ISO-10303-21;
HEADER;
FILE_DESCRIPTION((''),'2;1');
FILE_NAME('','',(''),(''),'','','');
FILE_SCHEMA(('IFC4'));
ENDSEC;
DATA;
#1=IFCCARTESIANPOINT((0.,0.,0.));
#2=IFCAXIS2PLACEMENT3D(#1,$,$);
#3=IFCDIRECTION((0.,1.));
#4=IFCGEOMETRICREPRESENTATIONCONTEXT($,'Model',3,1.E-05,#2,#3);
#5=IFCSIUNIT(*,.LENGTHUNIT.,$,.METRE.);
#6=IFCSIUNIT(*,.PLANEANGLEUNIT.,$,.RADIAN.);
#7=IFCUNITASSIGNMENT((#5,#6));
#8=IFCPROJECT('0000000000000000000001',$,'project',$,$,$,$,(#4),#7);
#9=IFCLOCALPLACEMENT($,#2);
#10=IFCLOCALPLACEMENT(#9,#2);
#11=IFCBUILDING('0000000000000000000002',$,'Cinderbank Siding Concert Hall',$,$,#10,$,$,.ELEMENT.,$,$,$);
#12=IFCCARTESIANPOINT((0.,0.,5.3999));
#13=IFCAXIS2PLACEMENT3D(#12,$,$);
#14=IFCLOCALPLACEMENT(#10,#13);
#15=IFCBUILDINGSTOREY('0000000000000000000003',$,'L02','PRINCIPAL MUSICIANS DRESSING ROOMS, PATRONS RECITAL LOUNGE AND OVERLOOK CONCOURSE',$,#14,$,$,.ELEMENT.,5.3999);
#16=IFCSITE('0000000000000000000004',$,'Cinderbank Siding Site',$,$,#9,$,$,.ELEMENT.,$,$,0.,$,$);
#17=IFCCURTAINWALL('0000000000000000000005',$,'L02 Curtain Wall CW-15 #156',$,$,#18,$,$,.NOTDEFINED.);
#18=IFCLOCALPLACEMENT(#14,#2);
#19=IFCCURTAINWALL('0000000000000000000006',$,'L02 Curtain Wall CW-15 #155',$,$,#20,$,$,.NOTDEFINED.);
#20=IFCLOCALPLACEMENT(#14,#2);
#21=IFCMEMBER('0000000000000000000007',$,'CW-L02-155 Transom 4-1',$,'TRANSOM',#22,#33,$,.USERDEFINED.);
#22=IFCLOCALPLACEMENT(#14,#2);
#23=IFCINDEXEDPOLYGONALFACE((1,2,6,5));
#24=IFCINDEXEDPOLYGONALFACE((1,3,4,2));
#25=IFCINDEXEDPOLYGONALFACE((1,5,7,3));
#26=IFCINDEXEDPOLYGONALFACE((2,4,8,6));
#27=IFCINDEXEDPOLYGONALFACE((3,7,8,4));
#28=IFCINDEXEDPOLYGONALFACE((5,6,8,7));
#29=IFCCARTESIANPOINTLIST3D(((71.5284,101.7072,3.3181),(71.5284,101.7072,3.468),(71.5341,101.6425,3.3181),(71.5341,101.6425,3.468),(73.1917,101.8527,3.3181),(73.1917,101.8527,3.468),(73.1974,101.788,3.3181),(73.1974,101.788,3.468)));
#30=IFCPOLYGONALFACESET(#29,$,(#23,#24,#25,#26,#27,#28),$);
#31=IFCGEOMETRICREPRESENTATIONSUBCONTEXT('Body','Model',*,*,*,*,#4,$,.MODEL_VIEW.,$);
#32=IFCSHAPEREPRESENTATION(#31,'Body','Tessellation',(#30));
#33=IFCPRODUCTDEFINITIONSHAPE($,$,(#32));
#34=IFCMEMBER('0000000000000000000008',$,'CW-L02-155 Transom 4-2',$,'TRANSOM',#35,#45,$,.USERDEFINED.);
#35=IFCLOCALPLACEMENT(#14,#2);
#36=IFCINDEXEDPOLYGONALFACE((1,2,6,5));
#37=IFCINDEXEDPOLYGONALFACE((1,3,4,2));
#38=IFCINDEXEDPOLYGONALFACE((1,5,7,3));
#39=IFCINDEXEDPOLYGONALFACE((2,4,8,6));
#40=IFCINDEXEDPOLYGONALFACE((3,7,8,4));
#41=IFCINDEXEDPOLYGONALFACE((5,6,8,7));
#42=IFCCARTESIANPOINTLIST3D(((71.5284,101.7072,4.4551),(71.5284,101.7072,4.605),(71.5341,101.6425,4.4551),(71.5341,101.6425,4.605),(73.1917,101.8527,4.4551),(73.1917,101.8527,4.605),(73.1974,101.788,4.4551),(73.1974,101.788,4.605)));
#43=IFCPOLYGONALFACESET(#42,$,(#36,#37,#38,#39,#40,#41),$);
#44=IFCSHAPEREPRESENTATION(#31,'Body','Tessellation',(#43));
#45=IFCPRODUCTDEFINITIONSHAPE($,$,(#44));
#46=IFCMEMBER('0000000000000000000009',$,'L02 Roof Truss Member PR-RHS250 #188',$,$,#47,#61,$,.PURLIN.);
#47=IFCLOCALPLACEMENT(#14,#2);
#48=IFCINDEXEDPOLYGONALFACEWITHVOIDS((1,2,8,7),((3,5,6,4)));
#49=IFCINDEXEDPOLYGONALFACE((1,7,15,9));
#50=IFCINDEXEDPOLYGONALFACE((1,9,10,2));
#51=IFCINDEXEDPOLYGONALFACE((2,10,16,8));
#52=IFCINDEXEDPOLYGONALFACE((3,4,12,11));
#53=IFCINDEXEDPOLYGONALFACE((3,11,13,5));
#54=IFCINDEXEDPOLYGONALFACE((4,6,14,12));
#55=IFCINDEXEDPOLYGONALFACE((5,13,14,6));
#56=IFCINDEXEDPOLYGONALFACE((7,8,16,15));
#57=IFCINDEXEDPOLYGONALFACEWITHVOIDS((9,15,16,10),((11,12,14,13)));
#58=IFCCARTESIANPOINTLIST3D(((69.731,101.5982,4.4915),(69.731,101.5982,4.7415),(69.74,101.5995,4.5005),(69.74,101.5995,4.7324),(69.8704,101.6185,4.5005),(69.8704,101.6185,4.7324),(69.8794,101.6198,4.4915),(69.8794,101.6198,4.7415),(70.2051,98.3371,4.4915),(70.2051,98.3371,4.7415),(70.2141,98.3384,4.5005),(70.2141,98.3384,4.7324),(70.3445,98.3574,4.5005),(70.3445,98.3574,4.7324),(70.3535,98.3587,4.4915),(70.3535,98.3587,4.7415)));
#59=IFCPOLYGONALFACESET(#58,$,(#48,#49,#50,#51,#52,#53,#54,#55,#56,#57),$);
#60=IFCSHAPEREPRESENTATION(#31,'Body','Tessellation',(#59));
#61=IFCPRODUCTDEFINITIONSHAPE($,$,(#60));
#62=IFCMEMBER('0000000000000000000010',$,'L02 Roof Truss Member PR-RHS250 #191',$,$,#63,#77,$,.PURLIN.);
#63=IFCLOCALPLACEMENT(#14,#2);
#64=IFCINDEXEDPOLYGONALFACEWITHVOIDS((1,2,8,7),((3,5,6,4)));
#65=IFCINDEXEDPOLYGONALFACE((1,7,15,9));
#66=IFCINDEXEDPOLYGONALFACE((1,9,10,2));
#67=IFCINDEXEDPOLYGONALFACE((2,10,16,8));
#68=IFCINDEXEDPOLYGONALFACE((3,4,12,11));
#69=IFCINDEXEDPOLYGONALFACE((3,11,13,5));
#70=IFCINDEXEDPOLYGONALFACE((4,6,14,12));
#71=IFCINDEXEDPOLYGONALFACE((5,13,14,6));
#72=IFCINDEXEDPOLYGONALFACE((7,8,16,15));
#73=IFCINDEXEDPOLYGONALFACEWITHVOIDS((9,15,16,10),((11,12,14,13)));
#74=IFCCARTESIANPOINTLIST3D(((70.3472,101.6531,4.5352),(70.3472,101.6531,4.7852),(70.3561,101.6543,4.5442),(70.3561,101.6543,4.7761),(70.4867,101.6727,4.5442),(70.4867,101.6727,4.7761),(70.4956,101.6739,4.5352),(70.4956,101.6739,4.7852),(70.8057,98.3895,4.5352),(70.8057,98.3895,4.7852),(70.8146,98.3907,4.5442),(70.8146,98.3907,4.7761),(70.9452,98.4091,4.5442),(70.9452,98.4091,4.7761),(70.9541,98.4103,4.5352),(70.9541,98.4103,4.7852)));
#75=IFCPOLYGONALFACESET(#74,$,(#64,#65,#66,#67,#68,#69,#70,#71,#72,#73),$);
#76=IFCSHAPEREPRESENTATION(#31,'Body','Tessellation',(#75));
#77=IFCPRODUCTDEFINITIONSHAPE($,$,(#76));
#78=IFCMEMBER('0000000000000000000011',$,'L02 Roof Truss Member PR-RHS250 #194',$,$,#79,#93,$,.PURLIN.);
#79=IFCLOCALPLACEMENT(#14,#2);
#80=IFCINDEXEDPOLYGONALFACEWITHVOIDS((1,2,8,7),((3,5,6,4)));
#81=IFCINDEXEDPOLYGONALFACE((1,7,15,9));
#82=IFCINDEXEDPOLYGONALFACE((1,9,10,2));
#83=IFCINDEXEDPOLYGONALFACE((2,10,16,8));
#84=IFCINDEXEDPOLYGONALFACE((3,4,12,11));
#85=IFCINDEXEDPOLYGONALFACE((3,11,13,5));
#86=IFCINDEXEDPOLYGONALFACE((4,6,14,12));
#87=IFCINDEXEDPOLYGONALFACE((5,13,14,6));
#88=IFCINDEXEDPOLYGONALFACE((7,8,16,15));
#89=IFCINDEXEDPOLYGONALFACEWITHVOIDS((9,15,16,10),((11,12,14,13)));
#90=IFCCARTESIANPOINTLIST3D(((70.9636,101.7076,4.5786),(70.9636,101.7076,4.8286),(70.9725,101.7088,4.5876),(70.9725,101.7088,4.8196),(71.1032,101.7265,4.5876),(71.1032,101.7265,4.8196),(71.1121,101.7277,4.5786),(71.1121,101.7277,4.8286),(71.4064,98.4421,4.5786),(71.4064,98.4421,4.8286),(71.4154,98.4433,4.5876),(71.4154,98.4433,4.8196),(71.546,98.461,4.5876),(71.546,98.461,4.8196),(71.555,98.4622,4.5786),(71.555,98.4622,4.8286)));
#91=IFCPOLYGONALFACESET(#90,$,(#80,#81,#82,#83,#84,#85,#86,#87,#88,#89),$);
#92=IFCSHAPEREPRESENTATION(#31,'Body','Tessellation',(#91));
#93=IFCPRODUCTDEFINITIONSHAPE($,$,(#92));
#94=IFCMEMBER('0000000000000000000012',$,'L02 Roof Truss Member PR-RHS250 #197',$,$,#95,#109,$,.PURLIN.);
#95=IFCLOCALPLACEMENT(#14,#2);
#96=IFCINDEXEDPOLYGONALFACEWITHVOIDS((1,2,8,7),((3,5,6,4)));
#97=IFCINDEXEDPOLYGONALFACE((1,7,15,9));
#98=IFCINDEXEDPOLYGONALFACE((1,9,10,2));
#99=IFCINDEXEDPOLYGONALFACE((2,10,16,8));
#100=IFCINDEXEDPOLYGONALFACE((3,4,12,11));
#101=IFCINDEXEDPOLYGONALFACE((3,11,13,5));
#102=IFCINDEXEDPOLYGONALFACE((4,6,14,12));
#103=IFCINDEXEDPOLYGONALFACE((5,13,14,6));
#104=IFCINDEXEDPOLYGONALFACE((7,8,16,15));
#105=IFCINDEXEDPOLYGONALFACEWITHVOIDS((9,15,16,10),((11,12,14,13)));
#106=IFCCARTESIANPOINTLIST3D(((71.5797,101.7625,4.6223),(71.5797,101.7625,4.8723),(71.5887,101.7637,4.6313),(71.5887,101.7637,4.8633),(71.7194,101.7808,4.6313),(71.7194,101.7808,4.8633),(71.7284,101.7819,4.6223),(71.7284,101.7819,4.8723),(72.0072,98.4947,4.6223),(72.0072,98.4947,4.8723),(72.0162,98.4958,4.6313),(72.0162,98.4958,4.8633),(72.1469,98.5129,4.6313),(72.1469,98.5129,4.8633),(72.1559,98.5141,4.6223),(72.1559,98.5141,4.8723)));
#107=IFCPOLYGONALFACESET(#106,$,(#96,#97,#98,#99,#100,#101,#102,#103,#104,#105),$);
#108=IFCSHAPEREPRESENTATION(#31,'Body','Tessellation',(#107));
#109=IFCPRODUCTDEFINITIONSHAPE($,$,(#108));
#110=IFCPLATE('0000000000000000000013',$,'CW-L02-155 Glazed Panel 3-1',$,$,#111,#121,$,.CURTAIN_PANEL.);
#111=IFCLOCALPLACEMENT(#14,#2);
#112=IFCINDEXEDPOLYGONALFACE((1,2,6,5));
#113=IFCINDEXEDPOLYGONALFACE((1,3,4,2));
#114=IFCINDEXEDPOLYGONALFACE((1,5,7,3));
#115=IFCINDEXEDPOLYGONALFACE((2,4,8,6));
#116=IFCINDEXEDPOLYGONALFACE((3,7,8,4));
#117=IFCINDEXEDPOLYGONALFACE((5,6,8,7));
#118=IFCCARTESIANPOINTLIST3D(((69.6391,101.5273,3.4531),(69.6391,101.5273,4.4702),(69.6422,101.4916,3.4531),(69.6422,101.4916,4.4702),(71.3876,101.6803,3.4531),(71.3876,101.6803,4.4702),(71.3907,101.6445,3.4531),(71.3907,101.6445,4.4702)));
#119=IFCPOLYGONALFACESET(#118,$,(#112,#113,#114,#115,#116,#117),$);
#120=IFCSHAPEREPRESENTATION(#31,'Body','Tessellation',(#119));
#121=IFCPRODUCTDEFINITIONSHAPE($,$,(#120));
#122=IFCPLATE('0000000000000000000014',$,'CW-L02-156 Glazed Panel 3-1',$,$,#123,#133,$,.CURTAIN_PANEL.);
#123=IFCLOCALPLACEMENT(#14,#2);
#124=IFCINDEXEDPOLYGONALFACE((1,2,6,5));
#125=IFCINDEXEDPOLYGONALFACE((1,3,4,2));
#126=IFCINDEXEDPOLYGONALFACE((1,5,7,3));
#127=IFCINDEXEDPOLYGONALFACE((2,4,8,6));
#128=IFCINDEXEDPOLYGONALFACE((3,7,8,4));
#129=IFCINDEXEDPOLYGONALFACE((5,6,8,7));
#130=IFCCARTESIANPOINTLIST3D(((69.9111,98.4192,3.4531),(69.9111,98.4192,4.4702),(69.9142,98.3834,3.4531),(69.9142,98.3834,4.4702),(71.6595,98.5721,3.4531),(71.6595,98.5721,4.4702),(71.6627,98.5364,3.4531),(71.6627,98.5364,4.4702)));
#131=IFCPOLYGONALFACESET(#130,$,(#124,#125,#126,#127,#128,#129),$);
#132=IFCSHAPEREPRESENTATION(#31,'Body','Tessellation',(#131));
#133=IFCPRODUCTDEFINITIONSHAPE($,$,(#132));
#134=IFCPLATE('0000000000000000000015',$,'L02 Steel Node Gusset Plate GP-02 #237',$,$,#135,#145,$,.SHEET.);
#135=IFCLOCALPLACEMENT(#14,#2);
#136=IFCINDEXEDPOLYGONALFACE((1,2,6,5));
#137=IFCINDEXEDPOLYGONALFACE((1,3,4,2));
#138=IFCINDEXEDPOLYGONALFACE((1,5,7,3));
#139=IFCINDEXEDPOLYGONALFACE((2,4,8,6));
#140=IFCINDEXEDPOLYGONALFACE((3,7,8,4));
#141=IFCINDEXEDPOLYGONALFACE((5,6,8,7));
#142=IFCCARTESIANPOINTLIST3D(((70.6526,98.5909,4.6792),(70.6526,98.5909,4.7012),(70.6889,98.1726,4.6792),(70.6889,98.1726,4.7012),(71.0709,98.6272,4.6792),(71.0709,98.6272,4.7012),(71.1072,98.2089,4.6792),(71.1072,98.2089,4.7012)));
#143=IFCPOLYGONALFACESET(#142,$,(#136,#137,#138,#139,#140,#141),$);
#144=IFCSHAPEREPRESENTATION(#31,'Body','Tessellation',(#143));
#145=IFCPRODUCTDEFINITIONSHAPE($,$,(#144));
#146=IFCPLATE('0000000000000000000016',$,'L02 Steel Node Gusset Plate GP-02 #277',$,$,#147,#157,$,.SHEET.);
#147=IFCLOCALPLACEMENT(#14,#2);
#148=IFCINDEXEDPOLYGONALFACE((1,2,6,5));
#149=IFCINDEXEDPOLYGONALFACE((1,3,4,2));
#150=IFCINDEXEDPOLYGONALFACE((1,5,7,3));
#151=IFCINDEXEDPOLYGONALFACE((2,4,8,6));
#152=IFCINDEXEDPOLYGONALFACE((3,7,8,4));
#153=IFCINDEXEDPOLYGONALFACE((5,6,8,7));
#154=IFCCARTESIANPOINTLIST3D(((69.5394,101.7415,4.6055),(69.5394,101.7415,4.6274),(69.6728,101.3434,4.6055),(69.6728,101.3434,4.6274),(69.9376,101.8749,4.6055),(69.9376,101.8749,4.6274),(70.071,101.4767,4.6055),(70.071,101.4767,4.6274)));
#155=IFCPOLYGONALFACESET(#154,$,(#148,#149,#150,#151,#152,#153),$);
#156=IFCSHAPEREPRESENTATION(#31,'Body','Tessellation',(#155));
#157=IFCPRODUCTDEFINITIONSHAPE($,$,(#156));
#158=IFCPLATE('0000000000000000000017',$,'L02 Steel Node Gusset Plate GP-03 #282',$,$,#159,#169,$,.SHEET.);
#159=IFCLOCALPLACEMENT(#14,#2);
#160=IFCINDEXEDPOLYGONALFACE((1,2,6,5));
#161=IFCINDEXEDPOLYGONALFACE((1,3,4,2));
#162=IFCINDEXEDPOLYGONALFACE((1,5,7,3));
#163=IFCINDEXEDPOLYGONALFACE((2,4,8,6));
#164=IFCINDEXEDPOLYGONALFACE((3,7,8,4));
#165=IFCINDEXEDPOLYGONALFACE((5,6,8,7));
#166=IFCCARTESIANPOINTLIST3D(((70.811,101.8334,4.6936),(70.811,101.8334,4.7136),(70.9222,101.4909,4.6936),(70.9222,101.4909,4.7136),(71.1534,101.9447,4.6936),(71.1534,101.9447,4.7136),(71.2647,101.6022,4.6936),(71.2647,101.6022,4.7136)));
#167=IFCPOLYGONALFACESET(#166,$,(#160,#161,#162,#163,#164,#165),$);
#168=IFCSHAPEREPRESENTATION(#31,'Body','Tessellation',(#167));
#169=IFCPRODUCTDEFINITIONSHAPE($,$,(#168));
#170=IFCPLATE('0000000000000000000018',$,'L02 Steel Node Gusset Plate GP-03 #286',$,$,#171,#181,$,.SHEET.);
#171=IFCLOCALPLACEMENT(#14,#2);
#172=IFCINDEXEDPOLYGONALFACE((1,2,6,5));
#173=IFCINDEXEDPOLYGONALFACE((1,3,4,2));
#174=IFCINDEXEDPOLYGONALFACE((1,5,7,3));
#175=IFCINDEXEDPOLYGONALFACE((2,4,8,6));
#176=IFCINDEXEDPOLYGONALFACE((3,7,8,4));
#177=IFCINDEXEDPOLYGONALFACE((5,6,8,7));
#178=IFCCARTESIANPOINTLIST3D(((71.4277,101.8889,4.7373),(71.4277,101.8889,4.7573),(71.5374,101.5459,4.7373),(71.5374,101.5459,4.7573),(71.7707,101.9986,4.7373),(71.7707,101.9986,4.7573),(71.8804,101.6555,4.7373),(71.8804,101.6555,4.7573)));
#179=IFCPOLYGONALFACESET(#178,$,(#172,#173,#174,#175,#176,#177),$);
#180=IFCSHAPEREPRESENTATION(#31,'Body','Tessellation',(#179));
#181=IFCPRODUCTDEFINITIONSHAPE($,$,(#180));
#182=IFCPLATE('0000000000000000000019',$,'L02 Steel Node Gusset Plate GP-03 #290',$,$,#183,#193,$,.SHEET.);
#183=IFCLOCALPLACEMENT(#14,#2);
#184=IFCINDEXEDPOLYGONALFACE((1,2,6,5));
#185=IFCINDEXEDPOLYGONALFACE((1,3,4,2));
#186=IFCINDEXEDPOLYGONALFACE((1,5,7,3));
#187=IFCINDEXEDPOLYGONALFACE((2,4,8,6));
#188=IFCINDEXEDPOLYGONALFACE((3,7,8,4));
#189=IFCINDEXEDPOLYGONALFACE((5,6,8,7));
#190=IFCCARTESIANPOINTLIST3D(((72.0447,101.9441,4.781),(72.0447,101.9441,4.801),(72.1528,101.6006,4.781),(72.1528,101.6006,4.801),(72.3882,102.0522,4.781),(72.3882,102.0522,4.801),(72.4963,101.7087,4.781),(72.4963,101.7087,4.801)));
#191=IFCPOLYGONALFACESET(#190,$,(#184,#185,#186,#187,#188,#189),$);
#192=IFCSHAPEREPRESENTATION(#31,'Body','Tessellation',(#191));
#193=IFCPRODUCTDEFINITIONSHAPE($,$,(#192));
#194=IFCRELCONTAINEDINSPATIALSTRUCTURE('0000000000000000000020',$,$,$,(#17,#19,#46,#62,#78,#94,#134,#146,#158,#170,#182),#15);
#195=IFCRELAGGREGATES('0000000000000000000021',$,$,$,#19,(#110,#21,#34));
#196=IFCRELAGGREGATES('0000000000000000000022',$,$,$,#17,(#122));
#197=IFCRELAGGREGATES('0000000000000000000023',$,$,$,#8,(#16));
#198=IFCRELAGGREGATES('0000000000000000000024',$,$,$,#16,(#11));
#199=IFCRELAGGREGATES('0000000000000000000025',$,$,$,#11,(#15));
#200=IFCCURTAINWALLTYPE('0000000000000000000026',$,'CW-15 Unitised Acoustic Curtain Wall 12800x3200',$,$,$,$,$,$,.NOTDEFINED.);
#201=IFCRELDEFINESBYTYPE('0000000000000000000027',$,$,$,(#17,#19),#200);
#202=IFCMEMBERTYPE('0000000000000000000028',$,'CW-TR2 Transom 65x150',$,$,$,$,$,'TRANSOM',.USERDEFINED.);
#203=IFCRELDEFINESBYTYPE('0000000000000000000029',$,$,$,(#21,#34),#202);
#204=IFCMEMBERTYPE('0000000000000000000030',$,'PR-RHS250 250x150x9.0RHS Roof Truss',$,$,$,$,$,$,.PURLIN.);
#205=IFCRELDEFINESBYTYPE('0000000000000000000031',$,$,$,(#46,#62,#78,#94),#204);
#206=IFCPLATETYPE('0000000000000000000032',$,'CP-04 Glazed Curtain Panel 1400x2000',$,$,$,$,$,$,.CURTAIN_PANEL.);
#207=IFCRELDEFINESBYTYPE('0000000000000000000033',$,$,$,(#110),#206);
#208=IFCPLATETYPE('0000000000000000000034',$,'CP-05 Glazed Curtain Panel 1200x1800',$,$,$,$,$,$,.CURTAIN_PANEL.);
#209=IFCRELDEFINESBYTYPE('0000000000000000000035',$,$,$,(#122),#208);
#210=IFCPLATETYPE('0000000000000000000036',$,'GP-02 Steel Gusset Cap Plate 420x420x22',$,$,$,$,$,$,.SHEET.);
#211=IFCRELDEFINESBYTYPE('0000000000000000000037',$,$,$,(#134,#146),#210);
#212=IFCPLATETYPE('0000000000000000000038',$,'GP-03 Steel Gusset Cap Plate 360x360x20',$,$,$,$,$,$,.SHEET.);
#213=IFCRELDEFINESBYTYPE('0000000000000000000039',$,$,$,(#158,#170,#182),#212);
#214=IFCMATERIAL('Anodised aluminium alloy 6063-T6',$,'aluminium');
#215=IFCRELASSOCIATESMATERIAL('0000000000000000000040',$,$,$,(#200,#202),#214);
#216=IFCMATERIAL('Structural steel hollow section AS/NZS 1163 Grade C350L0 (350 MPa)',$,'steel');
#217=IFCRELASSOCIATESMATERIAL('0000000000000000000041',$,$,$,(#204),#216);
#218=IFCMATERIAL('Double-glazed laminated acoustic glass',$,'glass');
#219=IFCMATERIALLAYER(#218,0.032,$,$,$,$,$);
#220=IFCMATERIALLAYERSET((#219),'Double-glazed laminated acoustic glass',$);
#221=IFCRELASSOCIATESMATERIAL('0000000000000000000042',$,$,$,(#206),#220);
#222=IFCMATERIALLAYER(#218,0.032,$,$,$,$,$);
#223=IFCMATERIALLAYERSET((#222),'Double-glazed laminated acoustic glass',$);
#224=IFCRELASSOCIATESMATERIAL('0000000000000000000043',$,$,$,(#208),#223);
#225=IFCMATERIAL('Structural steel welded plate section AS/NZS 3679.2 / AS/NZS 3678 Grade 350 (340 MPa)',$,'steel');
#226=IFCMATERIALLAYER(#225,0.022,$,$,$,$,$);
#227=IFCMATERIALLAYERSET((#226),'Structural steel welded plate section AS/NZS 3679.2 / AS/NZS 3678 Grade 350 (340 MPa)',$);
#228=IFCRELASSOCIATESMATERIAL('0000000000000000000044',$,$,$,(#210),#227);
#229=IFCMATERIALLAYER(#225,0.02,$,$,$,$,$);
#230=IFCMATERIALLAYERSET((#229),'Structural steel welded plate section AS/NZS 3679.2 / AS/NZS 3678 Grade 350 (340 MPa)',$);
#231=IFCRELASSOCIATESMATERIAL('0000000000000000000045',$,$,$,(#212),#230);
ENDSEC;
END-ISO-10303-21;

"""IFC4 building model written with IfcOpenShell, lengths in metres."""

from ifc_helpers import new_model, si_unit, direction, frame, origin, origin_2d, place, context, subcontext, project, spatial, rectangle, hollow_rectangle, extrude, material, layer, layer_set, material_profile, profile_set, type_object, element, aggregate, save


model = new_model("IFC4")

# Units and contexts
model_context = context("Model", 3, precision=1e-05, world=origin(), true_north=direction((0.0, 1.0)))
body_context = subcontext(model_context, "Body", "Model", "MODEL_VIEW")
ifc_project = project(units=[si_unit("LENGTHUNIT", "METRE"), si_unit("PLANEANGLEUNIT", "RADIAN")], contexts=[model_context])

# Site, building, storey
site_placement = place(None, origin())
site = spatial("IfcSite", under=ifc_project, at=site_placement, Name="Cinderbank Siding Site", CompositionType="ELEMENT", RefElevation=0.0)
building_placement = place(site_placement, origin())
building = spatial("IfcBuilding", under=site, at=building_placement, Name="Cinderbank Siding Concert Hall", CompositionType="ELEMENT")
storey_placement = place(building_placement, frame((0.0, 0.0, 5.3999)))
storey = spatial("IfcBuildingStorey", under=building, at=storey_placement, Name="L02", Description="PRINCIPAL MUSICIANS DRESSING ROOMS, PATRONS RECITAL LOUNGE AND OVERLOOK CONCOURSE", CompositionType="ELEMENT", Elevation=5.3999)

# Shared definitions
ifc_material_1 = material(Name="Structural steel hollow section AS/NZS 1163 Grade C350L0 (350 MPa)", Category="steel")

# Curtain walls, members
ifc_material_2 = material(Name="Anodised aluminium alloy 6063-T6", Category="aluminium")
curtain_wall_type = type_object("IfcCurtainWallType", Name="CW-15 Unitised Acoustic Curtain Wall 12800x3200", PredefinedType="NOTDEFINED", material=ifc_material_2)
curtain_wall_1_placement = place(storey_placement, origin())
curtain_wall_1 = element("IfcCurtainWall", 1, at=curtain_wall_1_placement, inside=storey, type_object=curtain_wall_type, Name="L02 Curtain Wall CW-15 #156", PredefinedType="NOTDEFINED")
curtain_wall_2_placement = place(storey_placement, origin())
curtain_wall_2 = element("IfcCurtainWall", 2, at=curtain_wall_2_placement, inside=storey, type_object=curtain_wall_type, Name="L02 Curtain Wall CW-15 #155", PredefinedType="NOTDEFINED")
ifc_material_profile_1 = material_profile(ifc_material_2, rectangle(XDim=0.0649, YDim=0.1499, at=origin_2d()), Name="ALU-TRAN-65x150", Category="LoadBearing")
ifc_profile_set_1 = profile_set([ifc_material_profile_1], Name="Anodised aluminium alloy 6063-T6")
member_type_1 = type_object("IfcMemberType", Name="CW-TR2 Transom 65x150", ElementType="TRANSOM", PredefinedType="USERDEFINED", material=ifc_profile_set_1)
member_1_placement = place(storey_placement, frame((71.5312, 101.6748, 3.3931), z_axis=(0.996195, 0.087147, 0.0), x_axis=(-0.087147, 0.996195, 0.0)))
member_1 = element("IfcMember", 3, at=member_1_placement, type_object=member_type_1, Name="CW-L02-155 Transom 4-1", ObjectType="TRANSOM", PredefinedType="USERDEFINED", context=body_context, shape_type="SweptSolid", body=[
    extrude(rectangle(XDim=0.0649, YDim=0.1499, at=origin_2d()), origin(), (0.0, 0.0, 1.0), 1.6697),
])
member_2_placement = place(storey_placement, frame((71.5312, 101.6748, 4.53), z_axis=(0.996195, 0.087147, 0.0), x_axis=(-0.087147, 0.996195, 0.0)))
member_2 = element("IfcMember", 4, at=member_2_placement, type_object=member_type_1, Name="CW-L02-155 Transom 4-2", ObjectType="TRANSOM", PredefinedType="USERDEFINED", context=body_context, shape_type="SweptSolid", body=[
    extrude(rectangle(XDim=0.0649, YDim=0.1499, at=origin_2d()), origin(), (0.0, 0.0, 1.0), 1.6697),
])

# Members
ifc_material_profile_2 = material_profile(ifc_material_1, hollow_rectangle(XDim=0.1499, YDim=0.25, WallThickness=0.009, at=origin_2d()), Name="250x150x9.0RHS", Category="LoadBearing")
ifc_profile_set_2 = profile_set([ifc_material_profile_2], Name="Structural steel hollow section AS/NZS 1163 Grade C350L0 (350 MPa)")
member_type_2 = type_object("IfcMemberType", Name="PR-RHS250 250x150x9.0RHS Roof Truss", PredefinedType="PURLIN", material=ifc_profile_set_2)
member_3_placement = place(storey_placement, frame((70.2793, 98.3479, 4.6165), z_axis=(-0.143869, 0.989597, 0.0), x_axis=(-0.989597, -0.143869, 0.0)))
element("IfcMember", 5, at=member_3_placement, inside=storey, type_object=member_type_2, Name="L02 Roof Truss Member PR-RHS250 #188", PredefinedType="PURLIN", context=body_context, shape_type="SweptSolid", body=[
    extrude(hollow_rectangle(XDim=0.1499, YDim=0.25, WallThickness=0.009, at=origin_2d()), origin(), (0.0, 0.0, 1.0), 3.2954),
])
member_4_placement = place(storey_placement, frame((70.8799, 98.3999, 4.6602), z_axis=(-0.139119, 0.990276, 0.0), x_axis=(-0.990276, -0.139119, 0.0)))
element("IfcMember", 6, at=member_4_placement, inside=storey, type_object=member_type_2, Name="L02 Roof Truss Member PR-RHS250 #191", PredefinedType="PURLIN", context=body_context, shape_type="SweptSolid", body=[
    extrude(hollow_rectangle(XDim=0.1499, YDim=0.25, WallThickness=0.009, at=origin_2d()), origin(), (0.0, 0.0, 1.0), 3.2957),
])
member_5_placement = place(storey_placement, frame((71.4807, 98.4521, 4.7036), z_axis=(-0.134386, 0.990929, 0.0), x_axis=(-0.990929, -0.134386, 0.0)))
element("IfcMember", 7, at=member_5_placement, inside=storey, type_object=member_type_2, Name="L02 Roof Truss Member PR-RHS250 #194", PredefinedType="PURLIN", context=body_context, shape_type="SweptSolid", body=[
    extrude(hollow_rectangle(XDim=0.1499, YDim=0.25, WallThickness=0.009, at=origin_2d()), origin(), (0.0, 0.0, 1.0), 3.2954),
])
member_6_placement = place(storey_placement, frame((72.0815, 98.5044, 4.7473), z_axis=(-0.129713, 0.991552, 0.0), x_axis=(-0.991552, -0.129713, 0.0)))
element("IfcMember", 8, at=member_6_placement, inside=storey, type_object=member_type_2, Name="L02 Roof Truss Member PR-RHS250 #197", PredefinedType="PURLIN", context=body_context, shape_type="SweptSolid", body=[
    extrude(hollow_rectangle(XDim=0.1499, YDim=0.25, WallThickness=0.009, at=origin_2d()), origin(), (0.0, 0.0, 1.0), 3.2957),
])

# Plates
ifc_material_3 = material(Name="Double-glazed laminated acoustic glass", Category="glass")
ifc_layer_1 = layer(ifc_material_3, 0.032)
ifc_layer_set_1 = layer_set([ifc_layer_1], Name="Double-glazed laminated acoustic glass")
plate_type_1 = type_object("IfcPlateType", Name="CP-04 Glazed Curtain Panel 1400x2000", PredefinedType="CURTAIN_PANEL", material=ifc_layer_set_1)
plate_1_placement = place(storey_placement, frame((70.5149, 101.5859, 3.4531), z_axis=(0.0, 0.0, 1.0), x_axis=(0.996195, 0.087157, 0.0)))
plate_1 = element("IfcPlate", 9, at=plate_1_placement, type_object=plate_type_1, Name="CW-L02-155 Glazed Panel 3-1", PredefinedType="CURTAIN_PANEL", context=body_context, shape_type="SweptSolid", body=[
    extrude(rectangle(XDim=1.7551, YDim=0.0359, at=origin_2d()), origin(), (0.0, 0.0, 1.0), 1.0171),
])
aggregate(curtain_wall_2, [plate_1, member_1, member_2])
ifc_layer_2 = layer(ifc_material_3, 0.032)
ifc_layer_set_2 = layer_set([ifc_layer_2], Name="Double-glazed laminated acoustic glass")
plate_type_2 = type_object("IfcPlateType", Name="CP-05 Glazed Curtain Panel 1200x1800", PredefinedType="CURTAIN_PANEL", material=ifc_layer_set_2)
plate_2_placement = place(storey_placement, frame((70.7869, 98.4778, 3.4531), z_axis=(0.0, 0.0, 1.0), x_axis=(0.996195, 0.087157, 0.0)))
plate_2 = element("IfcPlate", 10, at=plate_2_placement, type_object=plate_type_2, Name="CW-L02-156 Glazed Panel 3-1", PredefinedType="CURTAIN_PANEL", context=body_context, shape_type="SweptSolid", body=[
    extrude(rectangle(XDim=1.7551, YDim=0.0359, at=origin_2d()), origin(), (0.0, 0.0, 1.0), 1.0171),
])
aggregate(curtain_wall_1, [plate_2])

# Plates
ifc_material_4 = material(Name="Structural steel welded plate section AS/NZS 3679.2 / AS/NZS 3678 Grade 350 (340 MPa)", Category="steel")
ifc_layer_3 = layer(ifc_material_4, 0.022)
ifc_layer_set_3 = layer_set([ifc_layer_3], Name="Structural steel welded plate section AS/NZS 3679.2 / AS/NZS 3678 Grade 350 (340 MPa)")
plate_type_3 = type_object("IfcPlateType", Name="GP-02 Steel Gusset Cap Plate 420x420x22", PredefinedType="SHEET", material=ifc_layer_set_3)
for number, where, z_axis, x_axis, name in (
    (11, (70.8799, 98.3999, 4.6792), (0.0, 0.0, 1.0), (0.996255, 0.08646, 0.0), "L02 Steel Node Gusset Plate GP-02 #237"),
    (12, (69.8052, 101.6091, 4.6055), (0.0, 0.0, 1.0), (0.317636, -0.948213, 0.0), "L02 Steel Node Gusset Plate GP-02 #277"),
):
    element("IfcPlate", number, at=place(storey_placement, frame(where, z_axis=z_axis, x_axis=x_axis)), inside=storey, type_object=plate_type_3, Name=name, PredefinedType="SHEET", context=body_context, shape_type="SweptSolid", body=[
        extrude(rectangle(XDim=0.4199, YDim=0.4199, at=origin_2d()), origin(), (0.0, 0.0, 1.0), 0.022),
    ])
ifc_layer_4 = layer(ifc_material_4, 0.02)
ifc_layer_set_4 = layer_set([ifc_layer_4], Name="Structural steel welded plate section AS/NZS 3679.2 / AS/NZS 3678 Grade 350 (340 MPa)")
plate_type_4 = type_object("IfcPlateType", Name="GP-03 Steel Gusset Cap Plate 360x360x20", PredefinedType="SHEET", material=ifc_layer_set_4)
for number, where, z_axis, x_axis, name in (
    (13, (71.0378, 101.7178, 4.6936), (0.0, 0.0, 1.0), (0.309017, -0.951057, 0.0), "L02 Steel Node Gusset Plate GP-03 #282"),
    (14, (71.6541, 101.7722, 4.7373), (0.0, 0.0, 1.0), (0.304532, -0.952502, 0.0), "L02 Steel Node Gusset Plate GP-03 #286"),
    (15, (72.2705, 101.8264, 4.781), (0.0, 0.0, 1.0), (0.300206, -0.953874, 0.0), "L02 Steel Node Gusset Plate GP-03 #290"),
):
    element("IfcPlate", number, at=place(storey_placement, frame(where, z_axis=z_axis, x_axis=x_axis)), inside=storey, type_object=plate_type_4, Name=name, PredefinedType="SHEET", context=body_context, shape_type="SweptSolid", body=[
        extrude(rectangle(XDim=0.3601, YDim=0.3601, at=origin_2d()), origin(), (0.0, 0.0, 1.0), 0.02),
    ])

save(model, "model.ifc")
